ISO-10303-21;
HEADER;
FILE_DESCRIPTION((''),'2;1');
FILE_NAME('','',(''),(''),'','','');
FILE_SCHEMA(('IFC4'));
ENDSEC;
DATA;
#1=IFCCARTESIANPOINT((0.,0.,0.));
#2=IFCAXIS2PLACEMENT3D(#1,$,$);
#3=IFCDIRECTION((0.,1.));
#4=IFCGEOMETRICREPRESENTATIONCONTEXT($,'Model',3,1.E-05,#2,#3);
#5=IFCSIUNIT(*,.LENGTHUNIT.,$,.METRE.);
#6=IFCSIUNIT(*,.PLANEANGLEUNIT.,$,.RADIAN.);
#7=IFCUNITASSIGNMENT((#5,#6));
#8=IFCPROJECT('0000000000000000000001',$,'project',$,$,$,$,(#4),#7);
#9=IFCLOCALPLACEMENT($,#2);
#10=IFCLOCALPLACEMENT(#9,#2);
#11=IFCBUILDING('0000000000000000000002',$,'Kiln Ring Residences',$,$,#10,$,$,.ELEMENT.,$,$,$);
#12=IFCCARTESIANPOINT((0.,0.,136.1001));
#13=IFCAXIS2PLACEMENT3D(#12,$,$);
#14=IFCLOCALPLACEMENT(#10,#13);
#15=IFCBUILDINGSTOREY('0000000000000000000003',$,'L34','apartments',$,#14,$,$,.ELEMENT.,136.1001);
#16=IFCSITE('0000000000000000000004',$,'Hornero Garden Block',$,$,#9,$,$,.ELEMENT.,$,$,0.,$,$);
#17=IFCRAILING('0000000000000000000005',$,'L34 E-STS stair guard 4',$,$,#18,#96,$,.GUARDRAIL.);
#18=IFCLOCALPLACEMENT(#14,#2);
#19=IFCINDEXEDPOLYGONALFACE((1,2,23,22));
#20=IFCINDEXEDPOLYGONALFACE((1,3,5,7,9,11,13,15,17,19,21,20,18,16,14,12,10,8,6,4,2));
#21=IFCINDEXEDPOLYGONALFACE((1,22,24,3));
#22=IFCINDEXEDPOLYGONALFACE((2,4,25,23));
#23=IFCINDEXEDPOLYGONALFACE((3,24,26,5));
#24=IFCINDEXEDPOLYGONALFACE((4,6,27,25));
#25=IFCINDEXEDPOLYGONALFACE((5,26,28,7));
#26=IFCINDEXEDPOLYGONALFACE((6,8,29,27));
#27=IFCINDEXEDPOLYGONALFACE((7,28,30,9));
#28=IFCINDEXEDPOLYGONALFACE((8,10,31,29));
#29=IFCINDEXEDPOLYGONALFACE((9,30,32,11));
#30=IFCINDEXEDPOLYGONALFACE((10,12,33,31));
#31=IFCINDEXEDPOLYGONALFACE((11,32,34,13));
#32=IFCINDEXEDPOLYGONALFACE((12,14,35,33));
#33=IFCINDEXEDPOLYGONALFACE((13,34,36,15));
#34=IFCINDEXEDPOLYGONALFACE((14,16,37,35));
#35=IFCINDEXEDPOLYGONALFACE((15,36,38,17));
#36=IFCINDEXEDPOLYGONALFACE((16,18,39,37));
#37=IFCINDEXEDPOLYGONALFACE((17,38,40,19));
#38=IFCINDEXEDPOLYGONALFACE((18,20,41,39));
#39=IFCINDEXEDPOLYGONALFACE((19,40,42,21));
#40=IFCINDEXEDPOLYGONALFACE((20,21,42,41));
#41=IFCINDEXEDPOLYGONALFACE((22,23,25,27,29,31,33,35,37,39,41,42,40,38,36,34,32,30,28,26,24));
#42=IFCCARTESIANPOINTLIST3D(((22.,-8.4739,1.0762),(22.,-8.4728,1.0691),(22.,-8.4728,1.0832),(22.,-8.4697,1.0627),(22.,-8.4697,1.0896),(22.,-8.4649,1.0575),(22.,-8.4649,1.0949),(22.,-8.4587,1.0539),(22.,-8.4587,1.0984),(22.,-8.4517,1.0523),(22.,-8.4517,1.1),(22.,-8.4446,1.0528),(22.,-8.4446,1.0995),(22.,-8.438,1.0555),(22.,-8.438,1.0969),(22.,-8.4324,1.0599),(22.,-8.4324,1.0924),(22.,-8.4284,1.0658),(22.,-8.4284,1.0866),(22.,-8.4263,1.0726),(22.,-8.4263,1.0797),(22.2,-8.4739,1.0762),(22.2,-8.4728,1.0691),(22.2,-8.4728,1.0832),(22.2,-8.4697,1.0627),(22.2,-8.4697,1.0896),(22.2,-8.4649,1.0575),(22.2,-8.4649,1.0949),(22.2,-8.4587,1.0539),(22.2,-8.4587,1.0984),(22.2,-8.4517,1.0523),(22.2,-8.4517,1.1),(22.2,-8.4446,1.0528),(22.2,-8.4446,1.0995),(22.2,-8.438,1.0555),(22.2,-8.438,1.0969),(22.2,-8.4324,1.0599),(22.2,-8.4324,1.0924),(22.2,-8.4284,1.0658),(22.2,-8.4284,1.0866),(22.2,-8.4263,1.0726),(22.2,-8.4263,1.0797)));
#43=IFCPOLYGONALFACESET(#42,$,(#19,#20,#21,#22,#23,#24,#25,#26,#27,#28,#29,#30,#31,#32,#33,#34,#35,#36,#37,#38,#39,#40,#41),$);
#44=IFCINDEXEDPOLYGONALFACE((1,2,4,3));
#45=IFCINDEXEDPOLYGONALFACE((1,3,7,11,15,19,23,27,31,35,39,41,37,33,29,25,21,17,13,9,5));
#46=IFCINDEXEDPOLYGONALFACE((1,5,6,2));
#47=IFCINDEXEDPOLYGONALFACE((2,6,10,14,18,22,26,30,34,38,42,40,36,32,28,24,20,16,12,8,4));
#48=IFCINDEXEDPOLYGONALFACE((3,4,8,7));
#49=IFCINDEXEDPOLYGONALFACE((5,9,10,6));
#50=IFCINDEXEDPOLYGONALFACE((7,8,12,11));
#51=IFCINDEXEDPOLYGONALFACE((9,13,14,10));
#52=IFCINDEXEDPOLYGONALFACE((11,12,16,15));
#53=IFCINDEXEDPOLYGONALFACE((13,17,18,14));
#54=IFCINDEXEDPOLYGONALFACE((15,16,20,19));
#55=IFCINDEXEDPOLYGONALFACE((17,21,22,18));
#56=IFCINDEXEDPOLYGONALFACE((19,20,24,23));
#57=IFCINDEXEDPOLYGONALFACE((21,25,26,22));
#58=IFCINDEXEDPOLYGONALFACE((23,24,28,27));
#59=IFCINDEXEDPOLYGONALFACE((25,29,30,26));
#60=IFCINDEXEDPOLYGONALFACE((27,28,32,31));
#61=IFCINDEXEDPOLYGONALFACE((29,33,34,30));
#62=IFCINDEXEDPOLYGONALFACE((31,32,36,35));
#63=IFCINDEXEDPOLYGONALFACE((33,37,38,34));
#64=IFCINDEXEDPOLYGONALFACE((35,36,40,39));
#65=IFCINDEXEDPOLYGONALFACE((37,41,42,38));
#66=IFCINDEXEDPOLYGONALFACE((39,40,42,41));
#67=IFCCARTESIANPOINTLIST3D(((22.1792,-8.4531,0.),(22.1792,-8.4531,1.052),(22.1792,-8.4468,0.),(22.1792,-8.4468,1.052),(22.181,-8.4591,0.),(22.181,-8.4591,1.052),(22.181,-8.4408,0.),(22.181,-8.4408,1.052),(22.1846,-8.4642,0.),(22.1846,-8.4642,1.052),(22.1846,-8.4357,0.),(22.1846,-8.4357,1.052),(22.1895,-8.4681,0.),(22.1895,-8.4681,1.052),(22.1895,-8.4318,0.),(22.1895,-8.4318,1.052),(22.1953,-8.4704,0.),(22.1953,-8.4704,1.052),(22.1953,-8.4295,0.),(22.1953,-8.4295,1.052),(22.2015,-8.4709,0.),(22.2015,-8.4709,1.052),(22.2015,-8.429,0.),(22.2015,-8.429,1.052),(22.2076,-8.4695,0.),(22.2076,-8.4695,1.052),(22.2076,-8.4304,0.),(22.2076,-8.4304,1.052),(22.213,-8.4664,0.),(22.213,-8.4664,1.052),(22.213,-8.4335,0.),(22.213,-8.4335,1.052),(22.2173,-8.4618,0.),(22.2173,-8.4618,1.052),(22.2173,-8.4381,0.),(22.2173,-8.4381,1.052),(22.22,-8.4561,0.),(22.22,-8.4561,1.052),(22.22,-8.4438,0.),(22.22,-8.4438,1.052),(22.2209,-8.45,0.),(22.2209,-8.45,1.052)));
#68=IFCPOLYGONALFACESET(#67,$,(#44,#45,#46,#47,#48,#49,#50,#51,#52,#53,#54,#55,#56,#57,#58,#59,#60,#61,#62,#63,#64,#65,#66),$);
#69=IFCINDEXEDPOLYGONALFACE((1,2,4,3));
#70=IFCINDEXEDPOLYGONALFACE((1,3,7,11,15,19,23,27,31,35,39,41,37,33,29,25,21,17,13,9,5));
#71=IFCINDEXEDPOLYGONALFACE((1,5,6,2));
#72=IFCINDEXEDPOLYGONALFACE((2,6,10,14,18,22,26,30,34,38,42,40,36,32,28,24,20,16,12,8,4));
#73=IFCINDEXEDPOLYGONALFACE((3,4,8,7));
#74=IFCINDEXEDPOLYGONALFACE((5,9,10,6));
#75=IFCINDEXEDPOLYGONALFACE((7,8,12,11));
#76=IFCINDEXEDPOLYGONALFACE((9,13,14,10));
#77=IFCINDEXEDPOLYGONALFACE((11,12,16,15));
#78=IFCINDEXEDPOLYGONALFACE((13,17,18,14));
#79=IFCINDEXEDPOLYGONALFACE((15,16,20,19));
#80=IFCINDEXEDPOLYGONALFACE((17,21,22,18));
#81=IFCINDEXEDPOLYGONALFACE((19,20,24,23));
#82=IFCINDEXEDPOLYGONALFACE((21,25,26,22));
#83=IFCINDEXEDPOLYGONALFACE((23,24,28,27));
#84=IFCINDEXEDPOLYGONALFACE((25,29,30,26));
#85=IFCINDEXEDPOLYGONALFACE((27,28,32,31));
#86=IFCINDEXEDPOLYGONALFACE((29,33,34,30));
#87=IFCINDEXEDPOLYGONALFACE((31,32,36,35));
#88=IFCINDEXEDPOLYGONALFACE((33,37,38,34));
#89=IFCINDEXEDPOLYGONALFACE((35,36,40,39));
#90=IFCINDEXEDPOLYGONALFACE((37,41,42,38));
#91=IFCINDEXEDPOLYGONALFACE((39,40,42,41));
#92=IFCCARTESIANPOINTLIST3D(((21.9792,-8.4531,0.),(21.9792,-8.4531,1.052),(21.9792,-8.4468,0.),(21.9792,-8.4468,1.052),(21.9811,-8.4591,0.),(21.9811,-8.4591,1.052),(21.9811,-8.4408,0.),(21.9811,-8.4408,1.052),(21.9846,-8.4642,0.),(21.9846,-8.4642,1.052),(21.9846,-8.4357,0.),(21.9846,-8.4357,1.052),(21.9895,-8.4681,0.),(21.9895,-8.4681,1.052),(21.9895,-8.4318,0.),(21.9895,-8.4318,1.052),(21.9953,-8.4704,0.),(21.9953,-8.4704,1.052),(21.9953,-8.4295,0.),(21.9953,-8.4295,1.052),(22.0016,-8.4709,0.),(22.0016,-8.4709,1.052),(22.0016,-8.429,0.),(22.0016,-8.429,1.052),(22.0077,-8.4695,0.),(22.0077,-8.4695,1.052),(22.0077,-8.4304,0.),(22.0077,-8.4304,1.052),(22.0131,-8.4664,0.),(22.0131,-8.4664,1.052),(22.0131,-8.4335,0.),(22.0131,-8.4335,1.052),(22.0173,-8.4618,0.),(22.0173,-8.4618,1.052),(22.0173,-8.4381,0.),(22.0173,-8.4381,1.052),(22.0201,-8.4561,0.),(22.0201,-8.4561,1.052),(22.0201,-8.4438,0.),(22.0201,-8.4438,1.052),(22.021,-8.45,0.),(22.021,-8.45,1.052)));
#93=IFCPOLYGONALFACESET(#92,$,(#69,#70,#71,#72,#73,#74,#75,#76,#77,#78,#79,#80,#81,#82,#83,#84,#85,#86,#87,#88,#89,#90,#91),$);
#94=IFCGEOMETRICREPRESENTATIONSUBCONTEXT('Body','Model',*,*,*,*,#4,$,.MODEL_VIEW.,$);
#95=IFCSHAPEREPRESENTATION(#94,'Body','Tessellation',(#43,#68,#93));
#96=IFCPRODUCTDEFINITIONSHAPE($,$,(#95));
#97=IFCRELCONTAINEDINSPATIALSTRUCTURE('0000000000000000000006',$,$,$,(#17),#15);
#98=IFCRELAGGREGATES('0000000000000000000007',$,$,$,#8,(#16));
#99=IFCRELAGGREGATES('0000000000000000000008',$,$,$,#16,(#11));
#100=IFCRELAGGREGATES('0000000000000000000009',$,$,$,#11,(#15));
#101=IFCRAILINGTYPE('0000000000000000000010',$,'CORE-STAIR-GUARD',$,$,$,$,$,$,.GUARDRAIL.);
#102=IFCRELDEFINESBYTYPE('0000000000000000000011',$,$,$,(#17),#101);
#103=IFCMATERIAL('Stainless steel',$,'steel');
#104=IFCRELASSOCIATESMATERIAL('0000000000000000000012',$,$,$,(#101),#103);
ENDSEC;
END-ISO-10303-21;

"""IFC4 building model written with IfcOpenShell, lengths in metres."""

from ifc_helpers import new_model, si_unit, direction, frame, origin, origin_2d, place, context, subcontext, project, spatial, circle, extrude, material, type_object, element, save


model = new_model("IFC4")

# Units and contexts
model_context = context("Model", 3, precision=1e-05, world=origin(), true_north=direction((0.0, 1.0)))
body_context = subcontext(model_context, "Body", "Model", "MODEL_VIEW")
ifc_project = project(units=[si_unit("LENGTHUNIT", "METRE"), si_unit("PLANEANGLEUNIT", "RADIAN")], contexts=[model_context])

# Site, building, storey
site_placement = place(None, origin())
site = spatial("IfcSite", under=ifc_project, at=site_placement, Name="Hornero Garden Block", CompositionType="ELEMENT", RefElevation=0.0)
building_placement = place(site_placement, origin())
building = spatial("IfcBuilding", under=site, at=building_placement, Name="Kiln Ring Residences", CompositionType="ELEMENT")
storey_placement = place(building_placement, frame((0.0, 0.0, 136.1001)))
storey = spatial("IfcBuildingStorey", under=building, at=storey_placement, Name="L34", Description="apartments", CompositionType="ELEMENT", Elevation=136.1001)

# Railing
ifc_material_1 = material(Name="Stainless steel", Category="steel")
railing_type_1 = type_object("IfcRailingType", Name="CORE-STAIR-GUARD", PredefinedType="GUARDRAIL", material=ifc_material_1)
railing_1_placement = place(storey_placement, frame((22.2, -8.45, 0.0)))
element("IfcRailing", 1, at=railing_1_placement, inside=storey, type_object=railing_type_1, Name="L34 E-STS stair guard 4", PredefinedType="GUARDRAIL", context=body_context, shape_type="SweptSolid", body=[
    extrude(circle(Radius=0.0239, at=origin_2d()), frame((0.0, 0.0, 1.0762), z_axis=(-1.0, 0.0, 0.0), x_axis=(0.0, -1.0, 0.0)), (0.0, 0.0, 1.0), 0.2),
    extrude(circle(Radius=0.021, at=origin_2d()), origin(), (0.0, 0.0, 1.0), 1.052),
    extrude(circle(Radius=0.021, at=origin_2d()), frame((-0.2, 0.0, 0.0)), (0.0, 0.0, 1.0), 1.052),
])

save(model, "model.ifc")
